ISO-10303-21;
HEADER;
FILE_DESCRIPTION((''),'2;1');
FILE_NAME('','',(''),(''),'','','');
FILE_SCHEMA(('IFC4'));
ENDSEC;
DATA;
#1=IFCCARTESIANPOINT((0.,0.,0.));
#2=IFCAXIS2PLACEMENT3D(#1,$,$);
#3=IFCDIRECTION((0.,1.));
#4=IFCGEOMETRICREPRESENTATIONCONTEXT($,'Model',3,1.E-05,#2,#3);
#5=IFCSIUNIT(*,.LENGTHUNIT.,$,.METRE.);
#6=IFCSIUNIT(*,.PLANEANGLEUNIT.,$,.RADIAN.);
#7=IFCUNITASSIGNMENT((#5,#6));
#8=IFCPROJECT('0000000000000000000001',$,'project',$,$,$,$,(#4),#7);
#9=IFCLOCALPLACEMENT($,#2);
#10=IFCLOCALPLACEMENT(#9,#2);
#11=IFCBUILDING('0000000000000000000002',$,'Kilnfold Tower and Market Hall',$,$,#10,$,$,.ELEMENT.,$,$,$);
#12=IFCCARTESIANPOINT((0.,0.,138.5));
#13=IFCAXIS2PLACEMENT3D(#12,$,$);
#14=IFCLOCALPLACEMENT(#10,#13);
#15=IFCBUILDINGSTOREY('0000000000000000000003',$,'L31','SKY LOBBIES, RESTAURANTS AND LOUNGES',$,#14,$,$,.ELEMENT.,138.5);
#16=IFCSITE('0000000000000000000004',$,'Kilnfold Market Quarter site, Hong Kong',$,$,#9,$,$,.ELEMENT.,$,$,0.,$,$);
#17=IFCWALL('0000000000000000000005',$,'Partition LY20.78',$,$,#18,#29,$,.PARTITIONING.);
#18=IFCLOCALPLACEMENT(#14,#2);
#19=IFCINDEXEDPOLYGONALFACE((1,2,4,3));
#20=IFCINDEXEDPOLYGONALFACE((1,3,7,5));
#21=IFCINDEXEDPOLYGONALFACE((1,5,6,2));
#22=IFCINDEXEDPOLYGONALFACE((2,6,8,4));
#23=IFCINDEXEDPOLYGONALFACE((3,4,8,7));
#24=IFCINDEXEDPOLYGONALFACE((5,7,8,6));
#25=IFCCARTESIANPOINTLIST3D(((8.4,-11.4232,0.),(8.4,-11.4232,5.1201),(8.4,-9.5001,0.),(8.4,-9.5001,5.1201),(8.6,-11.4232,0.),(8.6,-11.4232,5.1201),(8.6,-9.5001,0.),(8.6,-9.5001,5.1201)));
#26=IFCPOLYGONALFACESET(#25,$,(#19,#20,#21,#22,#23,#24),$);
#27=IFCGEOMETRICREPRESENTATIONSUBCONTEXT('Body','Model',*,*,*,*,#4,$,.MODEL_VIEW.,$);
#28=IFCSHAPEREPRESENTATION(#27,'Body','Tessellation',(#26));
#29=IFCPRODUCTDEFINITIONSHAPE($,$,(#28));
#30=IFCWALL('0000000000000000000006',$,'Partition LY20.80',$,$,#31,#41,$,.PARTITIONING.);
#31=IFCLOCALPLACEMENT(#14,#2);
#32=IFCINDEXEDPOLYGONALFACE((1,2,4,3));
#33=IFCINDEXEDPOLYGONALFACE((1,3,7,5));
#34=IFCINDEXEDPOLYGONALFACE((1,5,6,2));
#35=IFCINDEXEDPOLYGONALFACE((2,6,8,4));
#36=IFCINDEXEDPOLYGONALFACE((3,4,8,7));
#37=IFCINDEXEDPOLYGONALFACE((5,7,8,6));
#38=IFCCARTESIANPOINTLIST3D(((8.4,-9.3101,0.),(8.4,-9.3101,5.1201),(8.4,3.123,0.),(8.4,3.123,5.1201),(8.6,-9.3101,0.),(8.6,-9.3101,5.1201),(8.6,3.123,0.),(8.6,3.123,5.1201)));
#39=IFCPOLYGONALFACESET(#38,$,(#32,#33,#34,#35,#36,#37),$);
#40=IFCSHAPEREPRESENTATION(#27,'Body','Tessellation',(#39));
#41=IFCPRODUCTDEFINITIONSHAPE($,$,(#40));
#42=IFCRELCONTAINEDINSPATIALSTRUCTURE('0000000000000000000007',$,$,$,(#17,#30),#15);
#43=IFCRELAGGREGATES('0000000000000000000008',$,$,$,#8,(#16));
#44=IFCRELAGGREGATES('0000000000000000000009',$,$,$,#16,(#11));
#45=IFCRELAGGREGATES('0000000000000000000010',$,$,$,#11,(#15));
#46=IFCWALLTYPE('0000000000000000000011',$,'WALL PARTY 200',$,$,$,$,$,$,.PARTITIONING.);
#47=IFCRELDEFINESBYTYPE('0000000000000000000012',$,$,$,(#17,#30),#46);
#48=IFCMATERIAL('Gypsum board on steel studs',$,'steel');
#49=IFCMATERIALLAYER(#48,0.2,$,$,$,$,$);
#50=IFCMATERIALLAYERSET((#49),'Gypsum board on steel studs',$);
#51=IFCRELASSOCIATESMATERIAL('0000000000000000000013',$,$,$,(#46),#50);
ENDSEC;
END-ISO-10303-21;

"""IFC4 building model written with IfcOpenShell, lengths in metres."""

from ifc_helpers import new_model, si_unit, direction, frame, frame_2d, origin, place, context, subcontext, project, spatial, rectangle, extrude, material, layer, layer_set, type_object, element, save


model = new_model("IFC4")

# Units and contexts
model_context = context("Model", 3, precision=1e-05, world=origin(), true_north=direction((0.0, 1.0)))
body_context = subcontext(model_context, "Body", "Model", "MODEL_VIEW")
ifc_project = project(units=[si_unit("LENGTHUNIT", "METRE"), si_unit("PLANEANGLEUNIT", "RADIAN")], contexts=[model_context])

# Site, building, storey
site_placement = place(None, origin())
site = spatial("IfcSite", under=ifc_project, at=site_placement, Name="Kilnfold Market Quarter site, Hong Kong", CompositionType="ELEMENT", RefElevation=0.0)
building_placement = place(site_placement, origin())
building = spatial("IfcBuilding", under=site, at=building_placement, Name="Kilnfold Tower and Market Hall", CompositionType="ELEMENT")
storey_placement = place(building_placement, frame((0.0, 0.0, 138.5)))
storey = spatial("IfcBuildingStorey", under=building, at=storey_placement, Name="L31", Description="SKY LOBBIES, RESTAURANTS AND LOUNGES", CompositionType="ELEMENT", Elevation=138.5)

# Walls
ifc_material_1 = material(Name="Gypsum board on steel studs", Category="steel")
ifc_layer_1 = layer(ifc_material_1, 0.2)
ifc_layer_set_1 = layer_set([ifc_layer_1], Name="Gypsum board on steel studs")
wall_type_1 = type_object("IfcWallType", Name="WALL PARTY 200", PredefinedType="PARTITIONING", material=ifc_layer_set_1)
wall_1_placement = place(storey_placement, frame((8.5, -11.4231, 0.0), z_axis=(0.0, 0.0, 1.0), x_axis=(0.0, 1.0, 0.0)))
element("IfcWall", 1, at=wall_1_placement, inside=storey, type_object=wall_type_1, Name="Partition LY20.78", PredefinedType="PARTITIONING", context=body_context, shape_type="SweptSolid", body=[
    extrude(rectangle(XDim=1.9231, YDim=0.2, at=frame_2d((0.9614, 0.0))), origin(), (0.0, 0.0, 1.0), 5.1201),
])
wall_2_placement = place(storey_placement, frame((8.5, -9.3101, 0.0), z_axis=(0.0, 0.0, 1.0), x_axis=(0.0, 1.0, 0.0)))
element("IfcWall", 2, at=wall_2_placement, inside=storey, type_object=wall_type_1, Name="Partition LY20.80", PredefinedType="PARTITIONING", context=body_context, shape_type="SweptSolid", body=[
    extrude(rectangle(XDim=12.4331, YDim=0.2, at=frame_2d((6.2166, 0.0))), origin(), (0.0, 0.0, 1.0), 5.1201),
])

save(model, "model.ifc")
